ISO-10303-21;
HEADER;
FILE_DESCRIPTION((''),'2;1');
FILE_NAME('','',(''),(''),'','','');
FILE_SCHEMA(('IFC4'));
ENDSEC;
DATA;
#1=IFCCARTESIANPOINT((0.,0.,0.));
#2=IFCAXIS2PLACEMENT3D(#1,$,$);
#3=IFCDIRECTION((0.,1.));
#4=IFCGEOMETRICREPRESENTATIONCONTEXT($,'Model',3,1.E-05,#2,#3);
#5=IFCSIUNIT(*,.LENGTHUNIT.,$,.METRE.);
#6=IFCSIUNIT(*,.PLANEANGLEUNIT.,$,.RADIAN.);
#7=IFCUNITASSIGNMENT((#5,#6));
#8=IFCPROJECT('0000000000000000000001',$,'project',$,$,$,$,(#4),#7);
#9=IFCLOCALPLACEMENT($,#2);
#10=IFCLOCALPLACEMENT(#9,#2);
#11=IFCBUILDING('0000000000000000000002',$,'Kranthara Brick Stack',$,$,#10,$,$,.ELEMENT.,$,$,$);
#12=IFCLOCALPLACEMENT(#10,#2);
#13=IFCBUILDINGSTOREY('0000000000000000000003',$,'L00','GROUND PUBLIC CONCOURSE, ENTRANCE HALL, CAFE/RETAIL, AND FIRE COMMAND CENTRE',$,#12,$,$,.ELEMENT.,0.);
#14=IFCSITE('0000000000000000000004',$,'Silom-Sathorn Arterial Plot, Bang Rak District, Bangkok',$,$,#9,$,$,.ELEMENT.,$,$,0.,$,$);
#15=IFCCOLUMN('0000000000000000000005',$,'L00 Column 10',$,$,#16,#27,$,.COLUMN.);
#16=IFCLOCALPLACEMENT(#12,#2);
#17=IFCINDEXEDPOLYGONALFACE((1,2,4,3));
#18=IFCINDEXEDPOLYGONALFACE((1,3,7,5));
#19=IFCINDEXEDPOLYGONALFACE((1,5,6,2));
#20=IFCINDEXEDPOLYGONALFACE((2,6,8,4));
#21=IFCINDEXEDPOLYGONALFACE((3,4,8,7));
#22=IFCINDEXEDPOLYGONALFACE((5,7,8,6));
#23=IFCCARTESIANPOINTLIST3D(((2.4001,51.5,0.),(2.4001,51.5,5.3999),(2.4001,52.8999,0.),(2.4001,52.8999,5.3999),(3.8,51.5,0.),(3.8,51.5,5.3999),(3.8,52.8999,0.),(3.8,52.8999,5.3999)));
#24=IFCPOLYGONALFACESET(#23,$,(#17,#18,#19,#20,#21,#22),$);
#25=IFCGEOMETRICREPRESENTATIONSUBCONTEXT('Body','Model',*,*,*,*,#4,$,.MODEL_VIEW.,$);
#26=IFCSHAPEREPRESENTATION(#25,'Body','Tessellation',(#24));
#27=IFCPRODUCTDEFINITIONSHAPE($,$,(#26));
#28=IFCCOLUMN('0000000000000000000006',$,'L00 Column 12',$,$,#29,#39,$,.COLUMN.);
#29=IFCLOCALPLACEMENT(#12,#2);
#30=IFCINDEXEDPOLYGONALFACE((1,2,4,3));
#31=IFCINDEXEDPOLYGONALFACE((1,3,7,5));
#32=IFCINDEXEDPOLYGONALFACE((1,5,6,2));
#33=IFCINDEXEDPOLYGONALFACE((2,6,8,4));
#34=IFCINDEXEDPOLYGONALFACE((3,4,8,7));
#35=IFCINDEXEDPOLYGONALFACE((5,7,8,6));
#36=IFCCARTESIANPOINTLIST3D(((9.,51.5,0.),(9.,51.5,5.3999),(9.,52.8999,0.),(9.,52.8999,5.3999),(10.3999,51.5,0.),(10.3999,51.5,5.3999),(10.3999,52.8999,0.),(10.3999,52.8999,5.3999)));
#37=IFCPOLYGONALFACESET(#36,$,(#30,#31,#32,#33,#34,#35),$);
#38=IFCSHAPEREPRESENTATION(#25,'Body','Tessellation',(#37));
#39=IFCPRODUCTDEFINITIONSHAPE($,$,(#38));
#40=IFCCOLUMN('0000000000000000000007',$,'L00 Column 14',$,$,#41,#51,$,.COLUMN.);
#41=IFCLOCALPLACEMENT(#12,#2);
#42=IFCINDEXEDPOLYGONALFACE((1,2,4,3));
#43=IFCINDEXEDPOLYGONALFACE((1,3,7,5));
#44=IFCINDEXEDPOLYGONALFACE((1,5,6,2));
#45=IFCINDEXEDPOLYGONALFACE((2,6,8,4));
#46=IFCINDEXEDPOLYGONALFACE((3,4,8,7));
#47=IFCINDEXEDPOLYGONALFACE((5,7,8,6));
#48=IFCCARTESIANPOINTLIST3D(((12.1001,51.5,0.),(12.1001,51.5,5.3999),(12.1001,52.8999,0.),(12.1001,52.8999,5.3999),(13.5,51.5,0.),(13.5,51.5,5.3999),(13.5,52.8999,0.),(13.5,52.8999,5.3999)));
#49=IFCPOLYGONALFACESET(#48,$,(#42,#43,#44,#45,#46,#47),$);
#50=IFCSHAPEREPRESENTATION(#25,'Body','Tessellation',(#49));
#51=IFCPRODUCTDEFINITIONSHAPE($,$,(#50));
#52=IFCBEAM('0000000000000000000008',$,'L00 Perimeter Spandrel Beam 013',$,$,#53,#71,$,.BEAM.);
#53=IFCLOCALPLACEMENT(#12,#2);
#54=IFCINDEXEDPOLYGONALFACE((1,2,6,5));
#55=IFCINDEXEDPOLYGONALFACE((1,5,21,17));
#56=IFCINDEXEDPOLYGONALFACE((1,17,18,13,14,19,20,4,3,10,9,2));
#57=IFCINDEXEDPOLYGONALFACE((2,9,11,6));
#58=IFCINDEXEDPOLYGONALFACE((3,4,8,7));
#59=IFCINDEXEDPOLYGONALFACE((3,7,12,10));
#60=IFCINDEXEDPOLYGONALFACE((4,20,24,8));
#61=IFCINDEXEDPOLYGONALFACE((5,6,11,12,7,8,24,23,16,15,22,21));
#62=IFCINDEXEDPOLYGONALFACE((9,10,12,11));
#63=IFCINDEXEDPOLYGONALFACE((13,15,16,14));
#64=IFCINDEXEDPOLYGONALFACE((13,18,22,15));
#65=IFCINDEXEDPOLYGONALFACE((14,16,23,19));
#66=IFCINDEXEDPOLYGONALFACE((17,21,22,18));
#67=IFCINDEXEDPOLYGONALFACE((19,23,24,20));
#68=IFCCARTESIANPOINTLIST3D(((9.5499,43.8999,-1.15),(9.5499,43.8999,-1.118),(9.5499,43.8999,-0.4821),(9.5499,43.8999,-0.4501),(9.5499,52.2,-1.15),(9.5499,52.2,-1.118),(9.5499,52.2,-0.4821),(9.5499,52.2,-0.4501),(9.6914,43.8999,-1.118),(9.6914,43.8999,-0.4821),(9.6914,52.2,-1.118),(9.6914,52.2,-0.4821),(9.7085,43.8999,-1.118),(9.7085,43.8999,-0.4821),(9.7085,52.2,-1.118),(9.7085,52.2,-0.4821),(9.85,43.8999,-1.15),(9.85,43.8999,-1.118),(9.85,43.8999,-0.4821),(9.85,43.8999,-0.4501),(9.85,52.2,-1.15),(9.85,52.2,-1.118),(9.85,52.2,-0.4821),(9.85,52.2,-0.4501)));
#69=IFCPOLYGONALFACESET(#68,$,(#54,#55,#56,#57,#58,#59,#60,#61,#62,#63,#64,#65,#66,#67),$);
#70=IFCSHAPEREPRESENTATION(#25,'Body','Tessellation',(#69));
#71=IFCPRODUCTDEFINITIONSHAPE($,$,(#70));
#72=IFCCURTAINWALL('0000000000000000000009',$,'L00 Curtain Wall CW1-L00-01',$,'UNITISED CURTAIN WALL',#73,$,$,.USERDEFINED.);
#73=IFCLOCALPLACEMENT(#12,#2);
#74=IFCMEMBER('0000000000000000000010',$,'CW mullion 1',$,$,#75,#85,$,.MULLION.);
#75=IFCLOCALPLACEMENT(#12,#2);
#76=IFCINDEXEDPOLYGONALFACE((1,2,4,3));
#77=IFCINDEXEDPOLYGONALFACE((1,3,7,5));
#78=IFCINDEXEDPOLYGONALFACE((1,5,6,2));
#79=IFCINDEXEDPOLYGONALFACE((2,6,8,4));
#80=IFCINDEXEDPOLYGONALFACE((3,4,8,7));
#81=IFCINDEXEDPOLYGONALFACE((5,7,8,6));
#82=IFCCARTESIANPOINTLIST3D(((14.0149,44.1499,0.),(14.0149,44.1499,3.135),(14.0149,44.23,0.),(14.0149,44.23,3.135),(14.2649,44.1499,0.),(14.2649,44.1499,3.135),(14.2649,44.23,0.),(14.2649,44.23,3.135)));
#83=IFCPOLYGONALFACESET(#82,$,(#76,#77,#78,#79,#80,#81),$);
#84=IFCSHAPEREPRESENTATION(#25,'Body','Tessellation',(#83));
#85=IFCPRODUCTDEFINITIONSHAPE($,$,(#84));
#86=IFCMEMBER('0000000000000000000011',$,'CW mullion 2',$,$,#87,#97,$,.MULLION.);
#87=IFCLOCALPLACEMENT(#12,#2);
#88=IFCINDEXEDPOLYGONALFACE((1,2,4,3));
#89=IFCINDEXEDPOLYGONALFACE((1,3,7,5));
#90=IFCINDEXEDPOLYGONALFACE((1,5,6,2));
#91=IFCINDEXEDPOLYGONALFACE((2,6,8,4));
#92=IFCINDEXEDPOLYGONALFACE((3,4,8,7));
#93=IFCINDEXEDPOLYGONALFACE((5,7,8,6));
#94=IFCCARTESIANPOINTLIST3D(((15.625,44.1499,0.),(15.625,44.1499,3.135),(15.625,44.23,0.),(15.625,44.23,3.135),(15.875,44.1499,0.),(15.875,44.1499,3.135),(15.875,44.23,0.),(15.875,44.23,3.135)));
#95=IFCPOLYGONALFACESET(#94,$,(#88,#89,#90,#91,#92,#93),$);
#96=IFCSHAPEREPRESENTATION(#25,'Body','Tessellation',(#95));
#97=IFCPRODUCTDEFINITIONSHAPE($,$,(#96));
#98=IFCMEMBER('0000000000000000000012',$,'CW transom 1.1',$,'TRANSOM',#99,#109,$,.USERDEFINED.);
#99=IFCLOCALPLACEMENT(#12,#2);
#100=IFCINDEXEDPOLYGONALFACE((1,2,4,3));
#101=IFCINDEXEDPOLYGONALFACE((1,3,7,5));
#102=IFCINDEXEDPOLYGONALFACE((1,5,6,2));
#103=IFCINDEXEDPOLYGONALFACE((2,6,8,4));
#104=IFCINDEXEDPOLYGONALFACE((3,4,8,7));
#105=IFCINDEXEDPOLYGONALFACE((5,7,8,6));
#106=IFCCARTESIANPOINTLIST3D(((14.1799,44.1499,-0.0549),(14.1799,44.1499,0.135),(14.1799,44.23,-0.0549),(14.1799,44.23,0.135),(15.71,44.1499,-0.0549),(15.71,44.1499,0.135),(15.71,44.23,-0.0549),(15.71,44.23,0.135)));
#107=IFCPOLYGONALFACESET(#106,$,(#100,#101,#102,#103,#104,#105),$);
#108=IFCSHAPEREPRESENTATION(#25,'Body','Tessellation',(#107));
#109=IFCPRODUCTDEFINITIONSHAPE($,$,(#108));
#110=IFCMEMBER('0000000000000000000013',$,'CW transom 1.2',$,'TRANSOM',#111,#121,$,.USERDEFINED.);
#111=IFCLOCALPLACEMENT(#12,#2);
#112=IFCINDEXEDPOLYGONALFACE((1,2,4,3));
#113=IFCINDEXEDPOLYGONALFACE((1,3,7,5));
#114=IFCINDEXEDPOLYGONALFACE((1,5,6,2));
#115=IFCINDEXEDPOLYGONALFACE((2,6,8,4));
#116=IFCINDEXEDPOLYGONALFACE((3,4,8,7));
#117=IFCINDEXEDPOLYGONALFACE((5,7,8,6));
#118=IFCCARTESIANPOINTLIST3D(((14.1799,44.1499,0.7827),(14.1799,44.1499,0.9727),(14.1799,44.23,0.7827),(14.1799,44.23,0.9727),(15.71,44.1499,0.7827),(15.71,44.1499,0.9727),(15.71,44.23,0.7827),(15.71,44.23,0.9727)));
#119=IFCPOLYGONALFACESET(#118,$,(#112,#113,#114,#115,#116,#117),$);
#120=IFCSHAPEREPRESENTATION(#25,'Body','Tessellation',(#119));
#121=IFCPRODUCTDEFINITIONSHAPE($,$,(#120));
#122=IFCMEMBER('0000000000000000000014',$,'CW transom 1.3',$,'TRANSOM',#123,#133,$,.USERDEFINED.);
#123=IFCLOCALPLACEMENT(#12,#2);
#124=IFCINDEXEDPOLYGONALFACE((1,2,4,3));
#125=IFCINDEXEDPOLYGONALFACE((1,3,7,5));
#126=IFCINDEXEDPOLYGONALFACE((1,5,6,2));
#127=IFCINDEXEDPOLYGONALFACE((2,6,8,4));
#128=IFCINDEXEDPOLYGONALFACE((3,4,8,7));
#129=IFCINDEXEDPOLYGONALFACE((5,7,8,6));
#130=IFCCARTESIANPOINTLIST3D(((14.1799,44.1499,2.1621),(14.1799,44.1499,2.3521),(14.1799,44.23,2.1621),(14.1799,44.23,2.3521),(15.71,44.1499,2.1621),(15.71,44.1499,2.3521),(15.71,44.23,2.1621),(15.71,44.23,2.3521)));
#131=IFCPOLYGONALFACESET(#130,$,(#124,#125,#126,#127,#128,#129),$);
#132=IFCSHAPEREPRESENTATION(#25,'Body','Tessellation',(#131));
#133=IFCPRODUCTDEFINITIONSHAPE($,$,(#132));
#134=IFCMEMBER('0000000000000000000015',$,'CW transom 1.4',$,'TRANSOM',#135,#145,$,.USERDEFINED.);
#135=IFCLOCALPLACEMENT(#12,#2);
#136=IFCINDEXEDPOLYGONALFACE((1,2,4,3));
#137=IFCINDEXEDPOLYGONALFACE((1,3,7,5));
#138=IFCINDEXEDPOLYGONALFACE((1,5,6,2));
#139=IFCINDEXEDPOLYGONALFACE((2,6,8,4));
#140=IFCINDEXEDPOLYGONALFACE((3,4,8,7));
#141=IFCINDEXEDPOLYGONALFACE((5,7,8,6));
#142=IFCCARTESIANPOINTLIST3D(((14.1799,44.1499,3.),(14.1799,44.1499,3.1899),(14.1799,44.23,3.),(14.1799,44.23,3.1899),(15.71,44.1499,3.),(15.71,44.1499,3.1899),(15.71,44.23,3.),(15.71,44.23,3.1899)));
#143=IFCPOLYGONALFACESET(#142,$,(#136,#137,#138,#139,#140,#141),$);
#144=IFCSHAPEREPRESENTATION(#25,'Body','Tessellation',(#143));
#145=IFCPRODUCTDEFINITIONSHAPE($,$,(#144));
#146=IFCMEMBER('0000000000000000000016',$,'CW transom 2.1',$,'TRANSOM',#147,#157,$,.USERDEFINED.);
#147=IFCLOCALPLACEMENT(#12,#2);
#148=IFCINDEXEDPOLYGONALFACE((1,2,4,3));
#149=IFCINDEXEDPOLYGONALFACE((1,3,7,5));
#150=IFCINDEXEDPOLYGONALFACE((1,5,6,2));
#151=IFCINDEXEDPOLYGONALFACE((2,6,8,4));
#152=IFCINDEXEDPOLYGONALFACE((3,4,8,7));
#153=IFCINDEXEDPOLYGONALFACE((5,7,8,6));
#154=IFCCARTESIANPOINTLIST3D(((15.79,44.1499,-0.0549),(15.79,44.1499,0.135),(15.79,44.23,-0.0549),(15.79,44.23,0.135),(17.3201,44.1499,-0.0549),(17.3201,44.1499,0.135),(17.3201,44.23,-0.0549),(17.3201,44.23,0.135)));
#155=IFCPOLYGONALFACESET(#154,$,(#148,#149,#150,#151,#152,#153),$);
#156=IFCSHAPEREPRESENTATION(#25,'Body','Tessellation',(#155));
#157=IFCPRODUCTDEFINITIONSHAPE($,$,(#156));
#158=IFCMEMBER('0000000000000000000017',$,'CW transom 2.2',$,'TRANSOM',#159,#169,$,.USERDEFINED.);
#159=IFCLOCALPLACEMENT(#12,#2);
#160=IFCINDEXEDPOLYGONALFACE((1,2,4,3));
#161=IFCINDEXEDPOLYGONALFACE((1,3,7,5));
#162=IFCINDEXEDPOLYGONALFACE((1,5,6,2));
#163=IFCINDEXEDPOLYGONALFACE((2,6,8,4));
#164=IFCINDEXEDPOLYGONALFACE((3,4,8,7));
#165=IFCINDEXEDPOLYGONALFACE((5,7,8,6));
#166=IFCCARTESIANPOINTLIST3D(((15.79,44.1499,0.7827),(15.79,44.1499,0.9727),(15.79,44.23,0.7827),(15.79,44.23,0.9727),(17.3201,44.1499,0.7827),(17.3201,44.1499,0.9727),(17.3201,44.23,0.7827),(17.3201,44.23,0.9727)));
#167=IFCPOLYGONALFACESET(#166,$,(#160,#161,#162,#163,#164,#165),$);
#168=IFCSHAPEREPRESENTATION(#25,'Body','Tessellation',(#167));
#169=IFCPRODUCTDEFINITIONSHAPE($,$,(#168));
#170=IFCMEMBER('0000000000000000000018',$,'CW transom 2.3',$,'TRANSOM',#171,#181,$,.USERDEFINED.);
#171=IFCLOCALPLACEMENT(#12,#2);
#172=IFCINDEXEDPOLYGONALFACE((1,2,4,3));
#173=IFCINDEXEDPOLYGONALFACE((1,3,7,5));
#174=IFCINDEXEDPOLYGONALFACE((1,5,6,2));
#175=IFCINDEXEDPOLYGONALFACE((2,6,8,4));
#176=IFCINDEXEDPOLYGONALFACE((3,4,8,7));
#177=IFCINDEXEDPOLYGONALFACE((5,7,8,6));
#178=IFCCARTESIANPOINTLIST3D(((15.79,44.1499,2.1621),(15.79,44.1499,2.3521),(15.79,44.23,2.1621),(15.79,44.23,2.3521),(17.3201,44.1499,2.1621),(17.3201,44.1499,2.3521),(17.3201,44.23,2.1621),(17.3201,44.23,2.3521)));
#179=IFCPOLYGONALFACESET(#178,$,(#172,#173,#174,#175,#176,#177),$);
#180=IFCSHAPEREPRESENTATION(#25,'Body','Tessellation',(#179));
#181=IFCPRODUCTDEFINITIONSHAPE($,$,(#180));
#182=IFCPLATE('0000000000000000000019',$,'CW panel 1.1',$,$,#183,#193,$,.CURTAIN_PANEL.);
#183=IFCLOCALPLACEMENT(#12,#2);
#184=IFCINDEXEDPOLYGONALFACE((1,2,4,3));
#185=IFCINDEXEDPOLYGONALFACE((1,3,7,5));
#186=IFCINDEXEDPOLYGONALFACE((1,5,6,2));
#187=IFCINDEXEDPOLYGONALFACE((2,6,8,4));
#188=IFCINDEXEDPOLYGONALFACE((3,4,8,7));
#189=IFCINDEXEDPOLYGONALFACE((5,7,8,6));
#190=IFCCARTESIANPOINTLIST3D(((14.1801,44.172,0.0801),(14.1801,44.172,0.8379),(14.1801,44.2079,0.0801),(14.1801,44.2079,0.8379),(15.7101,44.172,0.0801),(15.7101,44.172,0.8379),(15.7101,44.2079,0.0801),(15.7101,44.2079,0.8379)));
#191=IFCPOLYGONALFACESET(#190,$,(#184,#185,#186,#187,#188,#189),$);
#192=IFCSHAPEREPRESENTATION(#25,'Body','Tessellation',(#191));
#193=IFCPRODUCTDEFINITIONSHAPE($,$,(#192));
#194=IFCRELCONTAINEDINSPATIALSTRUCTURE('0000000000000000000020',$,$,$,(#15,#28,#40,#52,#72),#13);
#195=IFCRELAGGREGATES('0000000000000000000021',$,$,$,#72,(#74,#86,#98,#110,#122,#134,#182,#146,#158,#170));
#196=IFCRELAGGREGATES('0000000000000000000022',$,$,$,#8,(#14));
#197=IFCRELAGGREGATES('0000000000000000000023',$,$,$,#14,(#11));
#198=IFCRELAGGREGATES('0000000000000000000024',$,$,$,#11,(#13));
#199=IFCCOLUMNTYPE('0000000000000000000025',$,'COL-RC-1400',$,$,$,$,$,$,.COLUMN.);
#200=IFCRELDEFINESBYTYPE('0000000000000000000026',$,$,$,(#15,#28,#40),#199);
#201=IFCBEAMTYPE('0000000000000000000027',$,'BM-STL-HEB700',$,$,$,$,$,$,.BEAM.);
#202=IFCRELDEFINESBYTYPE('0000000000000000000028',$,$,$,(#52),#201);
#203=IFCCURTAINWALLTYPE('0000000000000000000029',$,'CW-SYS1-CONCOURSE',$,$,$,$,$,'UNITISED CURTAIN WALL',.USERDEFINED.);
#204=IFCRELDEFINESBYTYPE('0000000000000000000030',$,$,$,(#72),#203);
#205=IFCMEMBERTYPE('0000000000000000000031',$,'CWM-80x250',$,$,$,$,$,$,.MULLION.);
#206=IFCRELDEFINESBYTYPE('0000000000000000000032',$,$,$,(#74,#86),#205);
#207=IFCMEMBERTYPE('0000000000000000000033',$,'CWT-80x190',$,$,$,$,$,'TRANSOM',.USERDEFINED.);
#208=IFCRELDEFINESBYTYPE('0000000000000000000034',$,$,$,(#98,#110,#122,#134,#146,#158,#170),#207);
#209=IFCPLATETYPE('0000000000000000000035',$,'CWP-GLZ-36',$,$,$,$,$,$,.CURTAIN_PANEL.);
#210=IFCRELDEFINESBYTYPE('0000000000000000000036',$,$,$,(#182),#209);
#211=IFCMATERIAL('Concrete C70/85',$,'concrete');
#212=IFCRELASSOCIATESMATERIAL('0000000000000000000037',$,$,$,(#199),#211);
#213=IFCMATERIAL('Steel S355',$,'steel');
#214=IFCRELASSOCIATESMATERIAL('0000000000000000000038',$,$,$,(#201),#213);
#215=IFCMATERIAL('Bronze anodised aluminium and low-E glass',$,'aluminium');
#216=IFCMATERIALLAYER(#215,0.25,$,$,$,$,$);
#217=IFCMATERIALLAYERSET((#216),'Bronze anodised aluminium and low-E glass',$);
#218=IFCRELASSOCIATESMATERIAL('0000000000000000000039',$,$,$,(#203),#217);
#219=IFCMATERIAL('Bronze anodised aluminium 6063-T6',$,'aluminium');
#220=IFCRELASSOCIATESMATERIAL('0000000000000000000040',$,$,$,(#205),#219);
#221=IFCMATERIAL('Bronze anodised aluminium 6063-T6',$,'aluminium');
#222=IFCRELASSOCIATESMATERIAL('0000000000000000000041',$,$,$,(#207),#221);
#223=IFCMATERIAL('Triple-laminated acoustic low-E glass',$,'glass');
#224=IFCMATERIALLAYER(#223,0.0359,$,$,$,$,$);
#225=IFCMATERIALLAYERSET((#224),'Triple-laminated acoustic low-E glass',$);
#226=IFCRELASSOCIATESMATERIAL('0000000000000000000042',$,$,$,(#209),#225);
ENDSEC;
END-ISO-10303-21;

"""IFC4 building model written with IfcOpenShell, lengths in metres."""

from ifc_helpers import new_model, si_unit, direction, frame, origin, origin_2d, place, context, subcontext, project, spatial, rectangle, i_section, extrude, material, layer, layer_set, material_profile, profile_set, type_object, element, aggregate, save


model = new_model("IFC4")

# Units and contexts
model_context = context("Model", 3, precision=1e-05, world=origin(), true_north=direction((0.0, 1.0)))
body_context = subcontext(model_context, "Body", "Model", "MODEL_VIEW")
ifc_project = project(units=[si_unit("LENGTHUNIT", "METRE"), si_unit("PLANEANGLEUNIT", "RADIAN")], contexts=[model_context])

# Site, building, storey
site_placement = place(None, origin())
site = spatial("IfcSite", under=ifc_project, at=site_placement, Name="Silom-Sathorn Arterial Plot, Bang Rak District, Bangkok", CompositionType="ELEMENT", RefElevation=0.0)
building_placement = place(site_placement, origin())
building = spatial("IfcBuilding", under=site, at=building_placement, Name="Kranthara Brick Stack", CompositionType="ELEMENT")
storey_placement = place(building_placement, origin())
storey = spatial("IfcBuildingStorey", under=building, at=storey_placement, Name="L00", Description="GROUND PUBLIC CONCOURSE, ENTRANCE HALL, CAFE/RETAIL, AND FIRE COMMAND CENTRE", CompositionType="ELEMENT", Elevation=0.0)

# Columns
ifc_material_1 = material(Name="Concrete C70/85", Category="concrete")
ifc_material_profile_1 = material_profile(ifc_material_1, rectangle(XDim=1.3999, YDim=1.3999, at=origin_2d()), Name="RC 1400x1400")
ifc_profile_set_1 = profile_set([ifc_material_profile_1], Name="Concrete C70/85")
column_type = type_object("IfcColumnType", Name="COL-RC-1400", PredefinedType="COLUMN", material=ifc_profile_set_1)
for number, where, z_axis, x_axis, name in (
    (1, (3.1001, 52.2, 0.0), (0.0, 0.0, 1.0), (1.0, 0.0, 0.0), "L00 Column 10"),
    (2, (9.7, 52.2, 0.0), (0.0, 0.0, 1.0), (1.0, 0.0, 0.0), "L00 Column 12"),
    (3, (12.8, 52.2, 0.0), (0.0, 0.0, 1.0), (1.0, 0.0, 0.0), "L00 Column 14"),
):
    element("IfcColumn", number, at=place(storey_placement, frame(where, z_axis=z_axis, x_axis=x_axis)), inside=storey, type_object=column_type, Name=name, PredefinedType="COLUMN", context=body_context, shape_type="SweptSolid", body=[
        extrude(rectangle(XDim=1.3999, YDim=1.3999, at=origin_2d()), origin(), (0.0, 0.0, 1.0), 5.3999),
    ])

# Beam
ifc_material_2 = material(Name="Steel S355", Category="steel")
ifc_material_profile_2 = material_profile(ifc_material_2, i_section(OverallWidth=0.3, OverallDepth=0.7, WebThickness=0.0171, FlangeThickness=0.032, at=origin_2d()), Name="HEB 700")
ifc_profile_set_2 = profile_set([ifc_material_profile_2], Name="Steel S355")
beam_type = type_object("IfcBeamType", Name="BM-STL-HEB700", PredefinedType="BEAM", material=ifc_profile_set_2)
beam_placement = place(storey_placement, frame((9.7, 43.8999, -0.8), z_axis=(0.0, 1.0, 0.0), x_axis=(-1.0, 0.0, 0.0)))
element("IfcBeam", 4, at=beam_placement, inside=storey, type_object=beam_type, Name="L00 Perimeter Spandrel Beam 013", PredefinedType="BEAM", context=body_context, shape_type="SweptSolid", body=[
    extrude(i_section(OverallWidth=0.3, OverallDepth=0.7, WebThickness=0.0171, FlangeThickness=0.032, at=origin_2d()), origin(), (0.0, 0.0, 1.0), 8.3),
])

# Curtain wall, members, plate
ifc_material_3 = material(Name="Bronze anodised aluminium and low-E glass", Category="aluminium")
ifc_layer_1 = layer(ifc_material_3, 0.25)
ifc_layer_set_1 = layer_set([ifc_layer_1], Name="Bronze anodised aluminium and low-E glass")
curtain_wall_type = type_object("IfcCurtainWallType", Name="CW-SYS1-CONCOURSE", ElementType="UNITISED CURTAIN WALL", PredefinedType="USERDEFINED", material=ifc_layer_set_1)
curtain_wall_placement = place(storey_placement, origin())
curtain_wall = element("IfcCurtainWall", 5, at=curtain_wall_placement, inside=storey, type_object=curtain_wall_type, Name="L00 Curtain Wall CW1-L00-01", ObjectType="UNITISED CURTAIN WALL", PredefinedType="USERDEFINED")
ifc_material_4 = material(Name="Bronze anodised aluminium 6063-T6", Category="aluminium")
ifc_material_profile_3 = material_profile(ifc_material_4, rectangle(XDim=0.0801, YDim=0.25, at=origin_2d()), Name="ALU MULLION 80x250")
ifc_profile_set_3 = profile_set([ifc_material_profile_3], Name="Bronze anodised aluminium 6063-T6")
member_type_1 = type_object("IfcMemberType", Name="CWM-80x250", PredefinedType="MULLION", material=ifc_profile_set_3)
member_1_placement = place(storey_placement, frame((14.1399, 44.1899, 0.0), z_axis=(0.0, 0.0, 1.0), x_axis=(0.0, 1.0, 0.0)))
member_1 = element("IfcMember", 6, at=member_1_placement, type_object=member_type_1, Name="CW mullion 1", PredefinedType="MULLION", context=body_context, shape_type="SweptSolid", body=[
    extrude(rectangle(XDim=0.0801, YDim=0.25, at=origin_2d()), origin(), (0.0, 0.0, 1.0), 3.135),
])
member_2_placement = place(storey_placement, frame((15.75, 44.1899, 0.0), z_axis=(0.0, 0.0, 1.0), x_axis=(0.0, 1.0, 0.0)))
member_2 = element("IfcMember", 7, at=member_2_placement, type_object=member_type_1, Name="CW mullion 2", PredefinedType="MULLION", context=body_context, shape_type="SweptSolid", body=[
    extrude(rectangle(XDim=0.0801, YDim=0.25, at=origin_2d()), origin(), (0.0, 0.0, 1.0), 3.135),
])
ifc_material_5 = material(Name="Bronze anodised aluminium 6063-T6", Category="aluminium")
ifc_material_profile_4 = material_profile(ifc_material_5, rectangle(XDim=0.0801, YDim=0.1899, at=origin_2d()), Name="ALU TRANSOM 80x190")
ifc_profile_set_4 = profile_set([ifc_material_profile_4], Name="Bronze anodised aluminium 6063-T6")
member_type_2 = type_object("IfcMemberType", Name="CWT-80x190", ElementType="TRANSOM", PredefinedType="USERDEFINED", material=ifc_profile_set_4)
member_3_placement = place(storey_placement, frame((14.1799, 44.1899, 0.04), z_axis=(1.0, 0.0, 0.0), x_axis=(0.0, 1.0, 0.0)))
member_3 = element("IfcMember", 8, at=member_3_placement, type_object=member_type_2, Name="CW transom 1.1", ObjectType="TRANSOM", PredefinedType="USERDEFINED", context=body_context, shape_type="SweptSolid", body=[
    extrude(rectangle(XDim=0.0801, YDim=0.1899, at=origin_2d()), origin(), (0.0, 0.0, 1.0), 1.53),
])
member_4_placement = place(storey_placement, frame((14.1799, 44.1899, 0.8777), z_axis=(1.0, 0.0, 0.0), x_axis=(0.0, 1.0, 0.0)))
member_4 = element("IfcMember", 9, at=member_4_placement, type_object=member_type_2, Name="CW transom 1.2", ObjectType="TRANSOM", PredefinedType="USERDEFINED", context=body_context, shape_type="SweptSolid", body=[
    extrude(rectangle(XDim=0.0801, YDim=0.1899, at=origin_2d()), origin(), (0.0, 0.0, 1.0), 1.53),
])
member_5_placement = place(storey_placement, frame((14.1799, 44.1899, 2.2571), z_axis=(1.0, 0.0, 0.0), x_axis=(0.0, 1.0, 0.0)))
member_5 = element("IfcMember", 10, at=member_5_placement, type_object=member_type_2, Name="CW transom 1.3", ObjectType="TRANSOM", PredefinedType="USERDEFINED", context=body_context, shape_type="SweptSolid", body=[
    extrude(rectangle(XDim=0.0801, YDim=0.1899, at=origin_2d()), origin(), (0.0, 0.0, 1.0), 1.53),
])
member_6_placement = place(storey_placement, frame((14.1799, 44.1899, 3.095), z_axis=(1.0, 0.0, 0.0), x_axis=(0.0, 1.0, 0.0)))
member_6 = element("IfcMember", 11, at=member_6_placement, type_object=member_type_2, Name="CW transom 1.4", ObjectType="TRANSOM", PredefinedType="USERDEFINED", context=body_context, shape_type="SweptSolid", body=[
    extrude(rectangle(XDim=0.0801, YDim=0.1899, at=origin_2d()), origin(), (0.0, 0.0, 1.0), 1.53),
])
member_7_placement = place(storey_placement, frame((15.79, 44.1899, 0.04), z_axis=(1.0, 0.0, 0.0), x_axis=(0.0, 1.0, 0.0)))
member_7 = element("IfcMember", 12, at=member_7_placement, type_object=member_type_2, Name="CW transom 2.1", ObjectType="TRANSOM", PredefinedType="USERDEFINED", context=body_context, shape_type="SweptSolid", body=[
    extrude(rectangle(XDim=0.0801, YDim=0.1899, at=origin_2d()), origin(), (0.0, 0.0, 1.0), 1.53),
])
member_8_placement = place(storey_placement, frame((15.79, 44.1899, 0.8777), z_axis=(1.0, 0.0, 0.0), x_axis=(0.0, 1.0, 0.0)))
member_8 = element("IfcMember", 13, at=member_8_placement, type_object=member_type_2, Name="CW transom 2.2", ObjectType="TRANSOM", PredefinedType="USERDEFINED", context=body_context, shape_type="SweptSolid", body=[
    extrude(rectangle(XDim=0.0801, YDim=0.1899, at=origin_2d()), origin(), (0.0, 0.0, 1.0), 1.53),
])
member_9_placement = place(storey_placement, frame((15.79, 44.1899, 2.2571), z_axis=(1.0, 0.0, 0.0), x_axis=(0.0, 1.0, 0.0)))
member_9 = element("IfcMember", 14, at=member_9_placement, type_object=member_type_2, Name="CW transom 2.3", ObjectType="TRANSOM", PredefinedType="USERDEFINED", context=body_context, shape_type="SweptSolid", body=[
    extrude(rectangle(XDim=0.0801, YDim=0.1899, at=origin_2d()), origin(), (0.0, 0.0, 1.0), 1.53),
])
ifc_material_6 = material(Name="Triple-laminated acoustic low-E glass", Category="glass")
ifc_layer_2 = layer(ifc_material_6, 0.0359)
ifc_layer_set_2 = layer_set([ifc_layer_2], Name="Triple-laminated acoustic low-E glass")
plate_type_1 = type_object("IfcPlateType", Name="CWP-GLZ-36", PredefinedType="CURTAIN_PANEL", material=ifc_layer_set_2)
plate_1_placement = place(storey_placement, frame((14.9451, 44.1899, 0.0801), z_axis=(0.0, 0.0, 1.0), x_axis=(1.0, 0.0, 0.0)))
plate_1 = element("IfcPlate", 15, at=plate_1_placement, type_object=plate_type_1, Name="CW panel 1.1", PredefinedType="CURTAIN_PANEL", context=body_context, shape_type="SweptSolid", body=[
    extrude(rectangle(XDim=1.53, YDim=0.0359, at=origin_2d()), origin(), (0.0, 0.0, 1.0), 0.7578),
])
aggregate(curtain_wall, [member_1, member_2, member_3, member_4, member_5, member_6, plate_1, member_7, member_8, member_9])

save(model, "model.ifc")
